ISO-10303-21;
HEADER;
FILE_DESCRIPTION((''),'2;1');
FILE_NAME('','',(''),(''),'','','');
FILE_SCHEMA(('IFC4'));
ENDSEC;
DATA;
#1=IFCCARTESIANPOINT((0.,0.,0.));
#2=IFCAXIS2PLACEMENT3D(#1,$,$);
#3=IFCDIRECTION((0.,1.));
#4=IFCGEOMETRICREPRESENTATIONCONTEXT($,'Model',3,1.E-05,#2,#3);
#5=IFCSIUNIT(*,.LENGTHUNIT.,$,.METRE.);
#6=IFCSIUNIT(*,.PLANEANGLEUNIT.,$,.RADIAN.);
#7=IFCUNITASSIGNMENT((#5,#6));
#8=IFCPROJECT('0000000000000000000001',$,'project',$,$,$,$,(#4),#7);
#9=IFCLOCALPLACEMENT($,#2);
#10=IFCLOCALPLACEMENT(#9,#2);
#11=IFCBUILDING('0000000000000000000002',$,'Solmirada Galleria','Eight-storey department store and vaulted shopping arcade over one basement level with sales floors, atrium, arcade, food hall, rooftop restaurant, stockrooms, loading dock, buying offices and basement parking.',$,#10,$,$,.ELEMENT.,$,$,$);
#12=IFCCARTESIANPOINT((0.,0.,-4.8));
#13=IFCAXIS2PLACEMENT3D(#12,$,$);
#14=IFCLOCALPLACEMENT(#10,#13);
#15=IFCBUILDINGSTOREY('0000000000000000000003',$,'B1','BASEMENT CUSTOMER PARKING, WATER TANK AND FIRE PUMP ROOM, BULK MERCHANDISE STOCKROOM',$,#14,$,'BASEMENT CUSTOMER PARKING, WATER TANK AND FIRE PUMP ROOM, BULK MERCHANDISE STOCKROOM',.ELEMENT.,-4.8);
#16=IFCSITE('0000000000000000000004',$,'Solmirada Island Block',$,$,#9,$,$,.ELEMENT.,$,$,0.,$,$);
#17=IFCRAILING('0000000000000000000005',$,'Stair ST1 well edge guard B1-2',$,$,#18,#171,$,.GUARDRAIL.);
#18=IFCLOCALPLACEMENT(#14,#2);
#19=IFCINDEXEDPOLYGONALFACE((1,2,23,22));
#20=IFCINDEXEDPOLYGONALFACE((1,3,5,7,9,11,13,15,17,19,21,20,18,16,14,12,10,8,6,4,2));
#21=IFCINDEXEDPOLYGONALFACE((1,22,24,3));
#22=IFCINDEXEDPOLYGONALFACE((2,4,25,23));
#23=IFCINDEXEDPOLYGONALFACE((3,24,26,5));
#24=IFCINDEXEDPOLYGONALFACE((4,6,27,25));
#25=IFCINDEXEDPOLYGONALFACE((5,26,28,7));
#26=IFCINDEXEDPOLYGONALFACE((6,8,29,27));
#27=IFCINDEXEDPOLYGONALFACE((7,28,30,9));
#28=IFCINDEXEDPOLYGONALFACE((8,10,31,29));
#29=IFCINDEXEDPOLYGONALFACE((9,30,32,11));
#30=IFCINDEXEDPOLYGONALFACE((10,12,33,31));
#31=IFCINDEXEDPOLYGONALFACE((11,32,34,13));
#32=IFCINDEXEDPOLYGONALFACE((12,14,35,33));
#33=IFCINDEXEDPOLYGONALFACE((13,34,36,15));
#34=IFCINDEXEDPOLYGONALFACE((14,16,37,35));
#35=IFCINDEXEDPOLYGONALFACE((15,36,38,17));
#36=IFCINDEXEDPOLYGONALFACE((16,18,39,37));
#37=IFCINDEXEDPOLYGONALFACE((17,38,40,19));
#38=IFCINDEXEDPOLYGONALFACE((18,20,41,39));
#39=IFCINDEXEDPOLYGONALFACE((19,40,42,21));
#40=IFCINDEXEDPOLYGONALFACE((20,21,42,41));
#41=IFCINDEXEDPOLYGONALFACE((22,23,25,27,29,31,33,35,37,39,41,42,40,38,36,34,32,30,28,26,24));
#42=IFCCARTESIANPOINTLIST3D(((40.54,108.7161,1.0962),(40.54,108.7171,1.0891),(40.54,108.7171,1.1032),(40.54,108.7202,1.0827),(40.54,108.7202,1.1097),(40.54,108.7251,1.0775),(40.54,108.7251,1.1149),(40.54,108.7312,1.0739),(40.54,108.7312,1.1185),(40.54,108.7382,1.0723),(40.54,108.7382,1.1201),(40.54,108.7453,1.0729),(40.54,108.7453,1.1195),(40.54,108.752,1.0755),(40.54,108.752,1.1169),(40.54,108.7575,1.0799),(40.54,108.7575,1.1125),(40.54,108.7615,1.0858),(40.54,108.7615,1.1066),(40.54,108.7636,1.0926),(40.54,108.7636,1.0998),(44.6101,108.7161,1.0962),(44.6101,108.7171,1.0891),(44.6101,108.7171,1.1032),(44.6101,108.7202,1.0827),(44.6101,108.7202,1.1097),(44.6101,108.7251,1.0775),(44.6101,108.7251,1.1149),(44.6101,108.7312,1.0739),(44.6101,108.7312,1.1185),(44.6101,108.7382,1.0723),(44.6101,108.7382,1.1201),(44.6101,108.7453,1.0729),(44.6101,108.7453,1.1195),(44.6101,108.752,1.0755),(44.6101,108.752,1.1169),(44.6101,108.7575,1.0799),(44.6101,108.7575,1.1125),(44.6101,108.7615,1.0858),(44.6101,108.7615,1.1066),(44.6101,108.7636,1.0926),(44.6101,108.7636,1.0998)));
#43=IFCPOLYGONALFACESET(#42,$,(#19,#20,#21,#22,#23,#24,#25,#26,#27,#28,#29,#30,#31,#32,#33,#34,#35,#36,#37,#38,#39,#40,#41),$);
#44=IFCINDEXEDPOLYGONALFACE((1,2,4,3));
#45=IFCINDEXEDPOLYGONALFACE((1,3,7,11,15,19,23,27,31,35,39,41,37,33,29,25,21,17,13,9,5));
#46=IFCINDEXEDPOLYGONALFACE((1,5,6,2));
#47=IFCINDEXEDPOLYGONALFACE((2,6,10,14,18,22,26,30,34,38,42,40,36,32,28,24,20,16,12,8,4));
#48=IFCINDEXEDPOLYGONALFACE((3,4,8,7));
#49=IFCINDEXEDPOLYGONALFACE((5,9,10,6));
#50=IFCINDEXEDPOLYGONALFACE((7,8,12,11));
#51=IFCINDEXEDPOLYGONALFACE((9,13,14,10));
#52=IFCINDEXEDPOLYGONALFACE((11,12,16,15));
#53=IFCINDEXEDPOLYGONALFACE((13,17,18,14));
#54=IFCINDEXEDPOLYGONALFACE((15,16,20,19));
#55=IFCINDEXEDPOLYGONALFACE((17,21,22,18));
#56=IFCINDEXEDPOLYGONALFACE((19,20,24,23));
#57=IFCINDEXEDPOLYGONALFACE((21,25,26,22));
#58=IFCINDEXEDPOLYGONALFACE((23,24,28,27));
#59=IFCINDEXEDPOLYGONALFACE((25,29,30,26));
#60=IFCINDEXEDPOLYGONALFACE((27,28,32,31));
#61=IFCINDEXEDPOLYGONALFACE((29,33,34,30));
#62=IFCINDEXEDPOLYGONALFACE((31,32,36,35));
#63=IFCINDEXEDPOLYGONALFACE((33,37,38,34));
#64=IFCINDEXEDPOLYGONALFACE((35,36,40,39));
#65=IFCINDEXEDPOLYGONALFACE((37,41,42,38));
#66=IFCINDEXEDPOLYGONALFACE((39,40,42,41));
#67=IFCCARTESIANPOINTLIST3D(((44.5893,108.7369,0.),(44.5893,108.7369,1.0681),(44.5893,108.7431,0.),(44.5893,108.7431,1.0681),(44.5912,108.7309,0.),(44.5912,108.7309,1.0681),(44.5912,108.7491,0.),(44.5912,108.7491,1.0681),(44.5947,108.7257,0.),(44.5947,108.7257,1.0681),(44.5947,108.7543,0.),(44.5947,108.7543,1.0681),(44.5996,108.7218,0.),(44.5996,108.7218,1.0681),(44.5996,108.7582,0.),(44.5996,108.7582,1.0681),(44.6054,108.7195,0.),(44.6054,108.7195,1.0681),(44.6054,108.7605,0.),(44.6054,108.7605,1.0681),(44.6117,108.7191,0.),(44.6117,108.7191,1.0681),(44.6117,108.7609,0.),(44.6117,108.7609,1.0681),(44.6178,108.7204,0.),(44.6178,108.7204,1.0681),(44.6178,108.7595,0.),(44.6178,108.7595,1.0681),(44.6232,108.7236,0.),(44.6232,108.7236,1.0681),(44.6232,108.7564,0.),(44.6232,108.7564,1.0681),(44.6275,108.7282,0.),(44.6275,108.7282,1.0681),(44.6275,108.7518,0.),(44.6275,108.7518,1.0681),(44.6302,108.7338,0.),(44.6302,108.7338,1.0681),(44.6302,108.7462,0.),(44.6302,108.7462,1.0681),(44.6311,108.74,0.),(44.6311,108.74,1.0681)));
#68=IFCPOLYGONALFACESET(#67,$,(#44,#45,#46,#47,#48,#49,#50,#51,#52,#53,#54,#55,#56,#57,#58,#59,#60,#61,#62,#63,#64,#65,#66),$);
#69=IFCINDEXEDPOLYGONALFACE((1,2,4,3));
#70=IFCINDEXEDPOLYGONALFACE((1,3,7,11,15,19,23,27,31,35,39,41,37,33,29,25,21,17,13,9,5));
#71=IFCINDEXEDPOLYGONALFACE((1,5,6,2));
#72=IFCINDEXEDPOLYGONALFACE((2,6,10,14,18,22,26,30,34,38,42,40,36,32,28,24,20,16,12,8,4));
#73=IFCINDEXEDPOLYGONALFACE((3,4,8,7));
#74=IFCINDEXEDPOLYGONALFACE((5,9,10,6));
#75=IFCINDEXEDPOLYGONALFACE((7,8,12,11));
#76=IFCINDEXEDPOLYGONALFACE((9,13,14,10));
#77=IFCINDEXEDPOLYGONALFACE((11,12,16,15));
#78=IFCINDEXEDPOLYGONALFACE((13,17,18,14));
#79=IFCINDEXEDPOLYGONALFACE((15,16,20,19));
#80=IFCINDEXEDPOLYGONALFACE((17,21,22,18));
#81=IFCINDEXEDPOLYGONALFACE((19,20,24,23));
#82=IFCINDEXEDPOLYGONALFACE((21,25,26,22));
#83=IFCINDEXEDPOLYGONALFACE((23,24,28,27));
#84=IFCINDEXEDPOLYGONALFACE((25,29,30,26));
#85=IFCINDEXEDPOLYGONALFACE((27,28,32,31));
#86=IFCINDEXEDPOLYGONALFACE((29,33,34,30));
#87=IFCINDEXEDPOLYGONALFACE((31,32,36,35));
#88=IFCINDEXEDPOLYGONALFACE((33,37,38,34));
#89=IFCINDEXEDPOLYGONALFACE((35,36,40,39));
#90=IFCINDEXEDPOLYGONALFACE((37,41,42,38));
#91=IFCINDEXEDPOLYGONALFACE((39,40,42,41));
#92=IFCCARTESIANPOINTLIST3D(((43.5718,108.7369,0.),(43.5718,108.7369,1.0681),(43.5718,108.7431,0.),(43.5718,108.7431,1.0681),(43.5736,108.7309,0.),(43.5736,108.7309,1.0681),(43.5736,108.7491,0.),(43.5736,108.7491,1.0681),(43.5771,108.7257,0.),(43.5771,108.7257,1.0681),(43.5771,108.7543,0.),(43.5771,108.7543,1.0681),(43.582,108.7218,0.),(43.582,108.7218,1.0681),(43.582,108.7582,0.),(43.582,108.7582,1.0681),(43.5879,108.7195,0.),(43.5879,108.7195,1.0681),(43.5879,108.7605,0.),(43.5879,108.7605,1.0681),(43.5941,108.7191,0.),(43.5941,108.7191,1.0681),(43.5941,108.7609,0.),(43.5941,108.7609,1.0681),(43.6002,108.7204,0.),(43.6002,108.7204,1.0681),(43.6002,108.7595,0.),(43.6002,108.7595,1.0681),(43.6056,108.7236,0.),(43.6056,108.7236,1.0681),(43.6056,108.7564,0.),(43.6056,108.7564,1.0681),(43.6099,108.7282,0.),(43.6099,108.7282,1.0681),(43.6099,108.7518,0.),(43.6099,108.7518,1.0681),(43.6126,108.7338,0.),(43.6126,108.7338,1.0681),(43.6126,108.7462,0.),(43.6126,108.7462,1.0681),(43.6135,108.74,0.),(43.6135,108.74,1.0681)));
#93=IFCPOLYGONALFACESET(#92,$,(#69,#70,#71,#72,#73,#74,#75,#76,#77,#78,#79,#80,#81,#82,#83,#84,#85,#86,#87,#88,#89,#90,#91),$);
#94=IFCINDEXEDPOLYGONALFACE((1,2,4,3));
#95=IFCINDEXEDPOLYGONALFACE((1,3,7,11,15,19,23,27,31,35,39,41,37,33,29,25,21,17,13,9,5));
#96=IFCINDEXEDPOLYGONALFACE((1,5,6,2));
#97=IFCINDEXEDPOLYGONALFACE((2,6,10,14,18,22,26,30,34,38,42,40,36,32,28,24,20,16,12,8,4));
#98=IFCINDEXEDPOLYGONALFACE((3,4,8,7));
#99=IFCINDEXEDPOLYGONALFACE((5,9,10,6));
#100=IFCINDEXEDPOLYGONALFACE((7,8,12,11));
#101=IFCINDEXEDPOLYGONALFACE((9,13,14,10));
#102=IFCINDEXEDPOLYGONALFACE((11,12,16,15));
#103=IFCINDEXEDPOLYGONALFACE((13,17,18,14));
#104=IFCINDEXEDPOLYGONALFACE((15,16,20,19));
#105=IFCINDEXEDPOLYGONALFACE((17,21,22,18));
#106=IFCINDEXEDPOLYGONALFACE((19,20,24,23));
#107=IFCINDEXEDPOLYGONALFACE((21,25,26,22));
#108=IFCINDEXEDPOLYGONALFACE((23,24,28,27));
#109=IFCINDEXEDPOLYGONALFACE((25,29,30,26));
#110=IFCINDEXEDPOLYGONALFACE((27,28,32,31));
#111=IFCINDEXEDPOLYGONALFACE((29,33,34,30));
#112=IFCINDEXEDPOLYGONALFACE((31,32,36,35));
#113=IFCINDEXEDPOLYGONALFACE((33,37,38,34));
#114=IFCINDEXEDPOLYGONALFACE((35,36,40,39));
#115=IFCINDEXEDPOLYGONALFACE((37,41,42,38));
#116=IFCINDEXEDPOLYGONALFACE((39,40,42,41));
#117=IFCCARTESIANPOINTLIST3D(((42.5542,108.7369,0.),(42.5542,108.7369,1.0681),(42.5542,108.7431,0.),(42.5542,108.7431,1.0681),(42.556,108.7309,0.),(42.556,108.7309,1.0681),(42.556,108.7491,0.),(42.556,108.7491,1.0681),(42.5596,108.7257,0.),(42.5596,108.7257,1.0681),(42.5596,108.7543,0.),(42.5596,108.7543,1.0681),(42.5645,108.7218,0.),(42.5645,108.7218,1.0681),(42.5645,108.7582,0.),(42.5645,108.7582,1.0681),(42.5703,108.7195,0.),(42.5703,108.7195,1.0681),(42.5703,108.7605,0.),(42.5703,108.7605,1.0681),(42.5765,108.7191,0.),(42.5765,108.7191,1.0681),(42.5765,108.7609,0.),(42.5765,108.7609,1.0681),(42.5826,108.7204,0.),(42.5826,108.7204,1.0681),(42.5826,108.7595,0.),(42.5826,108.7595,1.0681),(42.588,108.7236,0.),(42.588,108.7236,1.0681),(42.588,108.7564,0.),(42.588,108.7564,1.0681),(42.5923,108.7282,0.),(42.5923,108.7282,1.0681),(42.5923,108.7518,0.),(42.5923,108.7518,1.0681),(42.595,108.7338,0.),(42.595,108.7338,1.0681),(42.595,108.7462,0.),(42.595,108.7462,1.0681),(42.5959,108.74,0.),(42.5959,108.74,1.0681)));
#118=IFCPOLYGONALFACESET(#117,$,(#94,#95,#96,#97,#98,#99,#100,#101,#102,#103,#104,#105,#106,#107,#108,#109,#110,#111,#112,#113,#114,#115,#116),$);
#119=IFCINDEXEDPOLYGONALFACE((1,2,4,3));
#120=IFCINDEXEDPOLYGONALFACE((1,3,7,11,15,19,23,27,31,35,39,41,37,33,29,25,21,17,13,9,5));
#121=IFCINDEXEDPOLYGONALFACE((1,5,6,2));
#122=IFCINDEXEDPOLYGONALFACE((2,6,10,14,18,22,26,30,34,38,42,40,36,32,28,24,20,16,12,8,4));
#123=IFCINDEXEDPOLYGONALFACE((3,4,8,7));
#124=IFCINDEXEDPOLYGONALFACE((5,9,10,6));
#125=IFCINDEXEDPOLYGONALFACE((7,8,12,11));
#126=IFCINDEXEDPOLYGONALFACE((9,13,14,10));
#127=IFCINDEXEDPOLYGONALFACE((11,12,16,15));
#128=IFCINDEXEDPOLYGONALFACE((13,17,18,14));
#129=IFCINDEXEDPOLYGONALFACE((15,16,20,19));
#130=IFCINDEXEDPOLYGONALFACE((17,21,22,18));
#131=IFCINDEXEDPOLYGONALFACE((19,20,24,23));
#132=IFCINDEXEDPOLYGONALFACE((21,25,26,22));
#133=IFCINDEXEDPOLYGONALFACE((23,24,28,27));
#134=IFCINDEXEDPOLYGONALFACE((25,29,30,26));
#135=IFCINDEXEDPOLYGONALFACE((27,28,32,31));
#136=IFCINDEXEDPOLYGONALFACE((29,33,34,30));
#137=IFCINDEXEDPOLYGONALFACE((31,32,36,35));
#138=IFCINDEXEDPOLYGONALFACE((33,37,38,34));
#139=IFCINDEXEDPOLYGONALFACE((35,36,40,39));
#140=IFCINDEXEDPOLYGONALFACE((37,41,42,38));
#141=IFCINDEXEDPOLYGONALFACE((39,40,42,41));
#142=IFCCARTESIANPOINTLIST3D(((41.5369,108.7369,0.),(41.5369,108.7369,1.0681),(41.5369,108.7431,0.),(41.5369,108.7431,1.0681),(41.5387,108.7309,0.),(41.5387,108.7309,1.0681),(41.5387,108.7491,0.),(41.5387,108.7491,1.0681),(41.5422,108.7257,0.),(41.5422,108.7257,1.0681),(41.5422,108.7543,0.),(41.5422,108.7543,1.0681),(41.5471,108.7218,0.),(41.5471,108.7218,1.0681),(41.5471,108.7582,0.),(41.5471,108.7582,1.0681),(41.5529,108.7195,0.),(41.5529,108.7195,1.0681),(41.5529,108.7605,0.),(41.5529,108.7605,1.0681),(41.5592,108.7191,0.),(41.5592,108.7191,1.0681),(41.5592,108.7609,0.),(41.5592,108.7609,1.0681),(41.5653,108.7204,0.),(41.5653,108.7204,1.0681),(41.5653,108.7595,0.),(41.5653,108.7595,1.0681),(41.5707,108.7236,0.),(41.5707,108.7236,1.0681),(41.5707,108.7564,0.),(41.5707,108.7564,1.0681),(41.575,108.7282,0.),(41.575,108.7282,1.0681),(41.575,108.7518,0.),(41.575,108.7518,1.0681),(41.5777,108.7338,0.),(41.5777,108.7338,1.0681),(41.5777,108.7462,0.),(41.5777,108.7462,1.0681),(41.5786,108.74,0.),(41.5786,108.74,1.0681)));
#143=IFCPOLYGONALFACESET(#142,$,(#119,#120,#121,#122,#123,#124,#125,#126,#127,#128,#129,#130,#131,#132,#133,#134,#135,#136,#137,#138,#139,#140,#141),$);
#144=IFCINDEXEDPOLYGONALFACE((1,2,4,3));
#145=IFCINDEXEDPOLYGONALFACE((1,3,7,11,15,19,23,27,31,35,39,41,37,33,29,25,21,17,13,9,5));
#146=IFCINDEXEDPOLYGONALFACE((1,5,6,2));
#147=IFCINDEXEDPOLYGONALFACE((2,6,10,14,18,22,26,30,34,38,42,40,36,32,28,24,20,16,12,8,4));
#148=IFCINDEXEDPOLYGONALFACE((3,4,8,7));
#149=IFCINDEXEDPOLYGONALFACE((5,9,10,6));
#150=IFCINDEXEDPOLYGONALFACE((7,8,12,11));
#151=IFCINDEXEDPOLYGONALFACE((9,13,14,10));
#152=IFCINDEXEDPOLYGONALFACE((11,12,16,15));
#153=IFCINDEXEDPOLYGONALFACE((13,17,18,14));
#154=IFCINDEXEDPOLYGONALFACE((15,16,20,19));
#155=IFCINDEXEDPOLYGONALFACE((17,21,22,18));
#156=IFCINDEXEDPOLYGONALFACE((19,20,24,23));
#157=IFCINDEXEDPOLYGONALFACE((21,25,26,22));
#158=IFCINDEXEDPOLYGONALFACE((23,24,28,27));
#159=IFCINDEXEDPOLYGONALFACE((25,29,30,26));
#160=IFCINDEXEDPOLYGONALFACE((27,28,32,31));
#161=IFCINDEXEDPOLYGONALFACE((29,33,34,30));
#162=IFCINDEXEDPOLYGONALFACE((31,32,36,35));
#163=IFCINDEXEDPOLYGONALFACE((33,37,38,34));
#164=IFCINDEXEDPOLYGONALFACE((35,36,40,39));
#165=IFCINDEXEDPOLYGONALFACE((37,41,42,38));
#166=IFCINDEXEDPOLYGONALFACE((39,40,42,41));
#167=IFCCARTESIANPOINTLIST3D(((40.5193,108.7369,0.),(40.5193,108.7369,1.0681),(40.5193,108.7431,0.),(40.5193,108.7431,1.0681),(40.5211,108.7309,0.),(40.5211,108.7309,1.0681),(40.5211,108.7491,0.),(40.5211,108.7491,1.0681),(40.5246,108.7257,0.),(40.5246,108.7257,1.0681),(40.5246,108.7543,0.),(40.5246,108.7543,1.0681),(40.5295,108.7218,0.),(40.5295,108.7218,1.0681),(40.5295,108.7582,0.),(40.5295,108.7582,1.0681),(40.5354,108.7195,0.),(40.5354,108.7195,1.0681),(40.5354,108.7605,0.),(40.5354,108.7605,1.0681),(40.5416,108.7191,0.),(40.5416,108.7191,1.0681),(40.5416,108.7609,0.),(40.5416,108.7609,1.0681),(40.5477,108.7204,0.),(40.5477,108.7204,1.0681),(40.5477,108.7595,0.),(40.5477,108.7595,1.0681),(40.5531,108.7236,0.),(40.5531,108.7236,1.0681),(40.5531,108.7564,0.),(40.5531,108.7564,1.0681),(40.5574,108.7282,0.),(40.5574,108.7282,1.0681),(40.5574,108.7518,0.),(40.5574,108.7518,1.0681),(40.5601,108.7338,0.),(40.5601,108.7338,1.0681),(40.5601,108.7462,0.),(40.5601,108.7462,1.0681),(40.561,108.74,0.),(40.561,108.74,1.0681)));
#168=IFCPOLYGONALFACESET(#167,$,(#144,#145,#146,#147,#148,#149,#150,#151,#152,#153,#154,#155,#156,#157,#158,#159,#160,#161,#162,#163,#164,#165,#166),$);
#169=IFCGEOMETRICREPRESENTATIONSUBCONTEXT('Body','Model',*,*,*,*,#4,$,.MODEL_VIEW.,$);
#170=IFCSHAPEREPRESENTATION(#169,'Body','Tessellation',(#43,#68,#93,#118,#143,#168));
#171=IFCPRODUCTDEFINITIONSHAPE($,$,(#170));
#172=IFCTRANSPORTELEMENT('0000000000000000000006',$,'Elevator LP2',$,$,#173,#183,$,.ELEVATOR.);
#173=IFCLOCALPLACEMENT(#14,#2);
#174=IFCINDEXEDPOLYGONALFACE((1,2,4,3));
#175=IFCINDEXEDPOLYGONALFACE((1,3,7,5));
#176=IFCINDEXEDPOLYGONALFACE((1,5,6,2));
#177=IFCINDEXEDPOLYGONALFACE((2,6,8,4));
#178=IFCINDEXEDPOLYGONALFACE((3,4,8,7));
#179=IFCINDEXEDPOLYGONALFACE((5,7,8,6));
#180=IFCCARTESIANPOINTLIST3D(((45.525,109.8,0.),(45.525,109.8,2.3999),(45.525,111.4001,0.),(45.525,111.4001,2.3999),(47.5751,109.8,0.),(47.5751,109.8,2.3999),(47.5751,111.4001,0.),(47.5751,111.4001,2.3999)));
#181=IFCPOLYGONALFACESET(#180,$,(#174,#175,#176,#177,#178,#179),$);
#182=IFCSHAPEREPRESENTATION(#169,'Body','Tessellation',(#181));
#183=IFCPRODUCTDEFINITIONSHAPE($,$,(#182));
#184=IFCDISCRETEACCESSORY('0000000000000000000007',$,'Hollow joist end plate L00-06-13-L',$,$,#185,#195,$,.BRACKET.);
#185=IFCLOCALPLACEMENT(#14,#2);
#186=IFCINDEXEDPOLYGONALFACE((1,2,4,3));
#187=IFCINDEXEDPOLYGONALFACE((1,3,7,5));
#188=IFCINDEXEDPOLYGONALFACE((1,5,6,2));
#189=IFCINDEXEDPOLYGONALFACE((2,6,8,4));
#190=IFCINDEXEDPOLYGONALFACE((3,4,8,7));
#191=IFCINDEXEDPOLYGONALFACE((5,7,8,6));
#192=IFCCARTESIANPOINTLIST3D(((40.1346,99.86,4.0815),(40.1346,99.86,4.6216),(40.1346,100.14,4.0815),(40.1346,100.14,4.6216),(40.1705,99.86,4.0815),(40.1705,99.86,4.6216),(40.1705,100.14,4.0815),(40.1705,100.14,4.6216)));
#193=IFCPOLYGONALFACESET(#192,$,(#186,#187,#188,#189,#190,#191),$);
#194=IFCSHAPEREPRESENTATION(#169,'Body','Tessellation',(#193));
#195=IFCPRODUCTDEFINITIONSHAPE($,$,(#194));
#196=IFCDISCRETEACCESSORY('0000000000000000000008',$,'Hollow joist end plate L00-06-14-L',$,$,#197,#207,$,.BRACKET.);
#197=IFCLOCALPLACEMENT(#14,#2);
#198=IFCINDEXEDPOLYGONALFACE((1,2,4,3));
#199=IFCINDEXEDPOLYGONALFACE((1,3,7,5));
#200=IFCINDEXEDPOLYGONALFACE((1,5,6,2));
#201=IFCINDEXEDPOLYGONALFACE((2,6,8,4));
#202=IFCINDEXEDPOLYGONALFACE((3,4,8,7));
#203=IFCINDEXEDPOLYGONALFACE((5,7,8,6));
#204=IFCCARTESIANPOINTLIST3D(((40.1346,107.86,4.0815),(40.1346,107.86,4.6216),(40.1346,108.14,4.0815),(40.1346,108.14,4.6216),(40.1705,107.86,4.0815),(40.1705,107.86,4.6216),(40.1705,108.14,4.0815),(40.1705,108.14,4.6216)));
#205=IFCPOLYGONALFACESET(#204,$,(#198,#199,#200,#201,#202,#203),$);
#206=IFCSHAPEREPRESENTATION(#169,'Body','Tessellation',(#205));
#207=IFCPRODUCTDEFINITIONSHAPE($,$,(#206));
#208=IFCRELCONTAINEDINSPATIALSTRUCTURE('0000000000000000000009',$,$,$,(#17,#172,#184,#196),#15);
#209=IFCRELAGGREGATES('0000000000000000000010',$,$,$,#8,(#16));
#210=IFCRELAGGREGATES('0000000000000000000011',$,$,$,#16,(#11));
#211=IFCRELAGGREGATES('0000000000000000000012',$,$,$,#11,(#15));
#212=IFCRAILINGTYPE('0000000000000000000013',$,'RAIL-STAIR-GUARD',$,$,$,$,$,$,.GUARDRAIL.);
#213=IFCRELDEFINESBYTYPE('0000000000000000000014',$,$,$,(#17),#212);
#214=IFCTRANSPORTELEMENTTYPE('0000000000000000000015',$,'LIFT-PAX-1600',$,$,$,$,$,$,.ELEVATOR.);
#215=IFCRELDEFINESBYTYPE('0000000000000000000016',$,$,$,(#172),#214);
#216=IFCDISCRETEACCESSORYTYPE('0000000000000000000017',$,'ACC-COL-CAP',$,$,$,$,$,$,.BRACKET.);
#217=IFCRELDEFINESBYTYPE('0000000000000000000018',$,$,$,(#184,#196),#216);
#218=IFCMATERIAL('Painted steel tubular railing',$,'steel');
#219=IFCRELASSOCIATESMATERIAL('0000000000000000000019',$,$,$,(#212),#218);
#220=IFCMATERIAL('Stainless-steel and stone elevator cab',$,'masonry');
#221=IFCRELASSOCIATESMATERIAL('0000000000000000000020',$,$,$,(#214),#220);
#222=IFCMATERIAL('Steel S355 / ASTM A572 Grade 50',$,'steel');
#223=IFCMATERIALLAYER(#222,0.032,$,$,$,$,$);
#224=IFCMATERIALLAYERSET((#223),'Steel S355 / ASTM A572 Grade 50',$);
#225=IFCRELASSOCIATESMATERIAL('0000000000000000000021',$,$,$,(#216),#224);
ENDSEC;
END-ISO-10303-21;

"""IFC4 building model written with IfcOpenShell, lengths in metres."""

from ifc_helpers import new_model, si_unit, direction, frame, origin, origin_2d, place, context, subcontext, project, spatial, rectangle, circle, extrude, material, layer, layer_set, type_object, element, save


model = new_model("IFC4")

# Units and contexts
model_context = context("Model", 3, precision=1e-05, world=origin(), true_north=direction((0.0, 1.0)))
body_context = subcontext(model_context, "Body", "Model", "MODEL_VIEW")
ifc_project = project(units=[si_unit("LENGTHUNIT", "METRE"), si_unit("PLANEANGLEUNIT", "RADIAN")], contexts=[model_context])

# Site, building, storey
site_placement = place(None, origin())
site = spatial("IfcSite", under=ifc_project, at=site_placement, Name="Solmirada Island Block", CompositionType="ELEMENT", RefElevation=0.0)
building_placement = place(site_placement, origin())
building = spatial("IfcBuilding", under=site, at=building_placement, Name="Solmirada Galleria", Description="Eight-storey department store and vaulted shopping arcade over one basement level with sales floors, atrium, arcade, food hall, rooftop restaurant, stockrooms, loading dock, buying offices and basement parking.", CompositionType="ELEMENT")
storey_placement = place(building_placement, frame((0.0, 0.0, -4.8)))
storey = spatial("IfcBuildingStorey", under=building, at=storey_placement, Name="B1", Description="BASEMENT CUSTOMER PARKING, WATER TANK AND FIRE PUMP ROOM, BULK MERCHANDISE STOCKROOM", LongName="BASEMENT CUSTOMER PARKING, WATER TANK AND FIRE PUMP ROOM, BULK MERCHANDISE STOCKROOM", CompositionType="ELEMENT", Elevation=-4.8)

# Railing
ifc_material_1 = material(Name="Painted steel tubular railing", Category="steel")
railing_type = type_object("IfcRailingType", Name="RAIL-STAIR-GUARD", PredefinedType="GUARDRAIL", material=ifc_material_1)
railing_1_placement = place(storey_placement, frame((44.6101, 108.74, 0.0)))
element("IfcRailing", 1, at=railing_1_placement, inside=storey, type_object=railing_type, Name="Stair ST1 well edge guard B1-2", PredefinedType="GUARDRAIL", context=body_context, shape_type="SweptSolid", body=[
    extrude(circle(Radius=0.0239, at=origin_2d()), frame((0.0, 0.0, 1.0962), z_axis=(-1.0, 0.0, 0.0), x_axis=(0.0, -1.0, 0.0)), (0.0, 0.0, 1.0), 4.0701),
    extrude(circle(Radius=0.021, at=origin_2d()), origin(), (0.0, 0.0, 1.0), 1.0681),
    extrude(circle(Radius=0.021, at=origin_2d()), frame((-1.0176, 0.0, 0.0)), (0.0, 0.0, 1.0), 1.0681),
    extrude(circle(Radius=0.021, at=origin_2d()), frame((-2.0352, 0.0, 0.0)), (0.0, 0.0, 1.0), 1.0681),
    extrude(circle(Radius=0.021, at=origin_2d()), frame((-3.0525, 0.0, 0.0)), (0.0, 0.0, 1.0), 1.0681),
    extrude(circle(Radius=0.021, at=origin_2d()), frame((-4.0701, 0.0, 0.0)), (0.0, 0.0, 1.0), 1.0681),
])

# Transport element
ifc_material_2 = material(Name="Stainless-steel and stone elevator cab", Category="masonry")
transport_element_type = type_object("IfcTransportElementType", Name="LIFT-PAX-1600", PredefinedType="ELEVATOR", material=ifc_material_2)
transport_element_placement = place(storey_placement, frame((46.55, 110.6001, 0.0), z_axis=(0.0, 0.0, 1.0), x_axis=(1.0, 0.0, 0.0)))
element("IfcTransportElement", 2, at=transport_element_placement, inside=storey, type_object=transport_element_type, Name="Elevator LP2", PredefinedType="ELEVATOR", context=body_context, shape_type="SweptSolid", body=[
    extrude(rectangle(XDim=2.05, YDim=1.6001, at=origin_2d()), origin(), (0.0, 0.0, 1.0), 2.3999),
])

# Discrete accessories
ifc_material_3 = material(Name="Steel S355 / ASTM A572 Grade 50", Category="steel")
ifc_layer_1 = layer(ifc_material_3, 0.032)
ifc_layer_set_1 = layer_set([ifc_layer_1], Name="Steel S355 / ASTM A572 Grade 50")
discrete_accessory_type = type_object("IfcDiscreteAccessoryType", Name="ACC-COL-CAP", PredefinedType="BRACKET", material=ifc_layer_set_1)
for number, where, z_axis, x_axis, name in (
    (3, (40.1526, 100.0, 4.0815), (0.0, 0.0, 1.0), (1.0, 0.0, 0.0), "Hollow joist end plate L00-06-13-L"),
    (4, (40.1526, 108.0, 4.0815), (0.0, 0.0, 1.0), (1.0, 0.0, 0.0), "Hollow joist end plate L00-06-14-L"),
):
    element("IfcDiscreteAccessory", number, at=place(storey_placement, frame(where, z_axis=z_axis, x_axis=x_axis)), inside=storey, type_object=discrete_accessory_type, Name=name, PredefinedType="BRACKET", context=body_context, shape_type="SweptSolid", body=[
        extrude(rectangle(XDim=0.0359, YDim=0.28, at=origin_2d()), origin(), (0.0, 0.0, 1.0), 0.54),
    ])

save(model, "model.ifc")
